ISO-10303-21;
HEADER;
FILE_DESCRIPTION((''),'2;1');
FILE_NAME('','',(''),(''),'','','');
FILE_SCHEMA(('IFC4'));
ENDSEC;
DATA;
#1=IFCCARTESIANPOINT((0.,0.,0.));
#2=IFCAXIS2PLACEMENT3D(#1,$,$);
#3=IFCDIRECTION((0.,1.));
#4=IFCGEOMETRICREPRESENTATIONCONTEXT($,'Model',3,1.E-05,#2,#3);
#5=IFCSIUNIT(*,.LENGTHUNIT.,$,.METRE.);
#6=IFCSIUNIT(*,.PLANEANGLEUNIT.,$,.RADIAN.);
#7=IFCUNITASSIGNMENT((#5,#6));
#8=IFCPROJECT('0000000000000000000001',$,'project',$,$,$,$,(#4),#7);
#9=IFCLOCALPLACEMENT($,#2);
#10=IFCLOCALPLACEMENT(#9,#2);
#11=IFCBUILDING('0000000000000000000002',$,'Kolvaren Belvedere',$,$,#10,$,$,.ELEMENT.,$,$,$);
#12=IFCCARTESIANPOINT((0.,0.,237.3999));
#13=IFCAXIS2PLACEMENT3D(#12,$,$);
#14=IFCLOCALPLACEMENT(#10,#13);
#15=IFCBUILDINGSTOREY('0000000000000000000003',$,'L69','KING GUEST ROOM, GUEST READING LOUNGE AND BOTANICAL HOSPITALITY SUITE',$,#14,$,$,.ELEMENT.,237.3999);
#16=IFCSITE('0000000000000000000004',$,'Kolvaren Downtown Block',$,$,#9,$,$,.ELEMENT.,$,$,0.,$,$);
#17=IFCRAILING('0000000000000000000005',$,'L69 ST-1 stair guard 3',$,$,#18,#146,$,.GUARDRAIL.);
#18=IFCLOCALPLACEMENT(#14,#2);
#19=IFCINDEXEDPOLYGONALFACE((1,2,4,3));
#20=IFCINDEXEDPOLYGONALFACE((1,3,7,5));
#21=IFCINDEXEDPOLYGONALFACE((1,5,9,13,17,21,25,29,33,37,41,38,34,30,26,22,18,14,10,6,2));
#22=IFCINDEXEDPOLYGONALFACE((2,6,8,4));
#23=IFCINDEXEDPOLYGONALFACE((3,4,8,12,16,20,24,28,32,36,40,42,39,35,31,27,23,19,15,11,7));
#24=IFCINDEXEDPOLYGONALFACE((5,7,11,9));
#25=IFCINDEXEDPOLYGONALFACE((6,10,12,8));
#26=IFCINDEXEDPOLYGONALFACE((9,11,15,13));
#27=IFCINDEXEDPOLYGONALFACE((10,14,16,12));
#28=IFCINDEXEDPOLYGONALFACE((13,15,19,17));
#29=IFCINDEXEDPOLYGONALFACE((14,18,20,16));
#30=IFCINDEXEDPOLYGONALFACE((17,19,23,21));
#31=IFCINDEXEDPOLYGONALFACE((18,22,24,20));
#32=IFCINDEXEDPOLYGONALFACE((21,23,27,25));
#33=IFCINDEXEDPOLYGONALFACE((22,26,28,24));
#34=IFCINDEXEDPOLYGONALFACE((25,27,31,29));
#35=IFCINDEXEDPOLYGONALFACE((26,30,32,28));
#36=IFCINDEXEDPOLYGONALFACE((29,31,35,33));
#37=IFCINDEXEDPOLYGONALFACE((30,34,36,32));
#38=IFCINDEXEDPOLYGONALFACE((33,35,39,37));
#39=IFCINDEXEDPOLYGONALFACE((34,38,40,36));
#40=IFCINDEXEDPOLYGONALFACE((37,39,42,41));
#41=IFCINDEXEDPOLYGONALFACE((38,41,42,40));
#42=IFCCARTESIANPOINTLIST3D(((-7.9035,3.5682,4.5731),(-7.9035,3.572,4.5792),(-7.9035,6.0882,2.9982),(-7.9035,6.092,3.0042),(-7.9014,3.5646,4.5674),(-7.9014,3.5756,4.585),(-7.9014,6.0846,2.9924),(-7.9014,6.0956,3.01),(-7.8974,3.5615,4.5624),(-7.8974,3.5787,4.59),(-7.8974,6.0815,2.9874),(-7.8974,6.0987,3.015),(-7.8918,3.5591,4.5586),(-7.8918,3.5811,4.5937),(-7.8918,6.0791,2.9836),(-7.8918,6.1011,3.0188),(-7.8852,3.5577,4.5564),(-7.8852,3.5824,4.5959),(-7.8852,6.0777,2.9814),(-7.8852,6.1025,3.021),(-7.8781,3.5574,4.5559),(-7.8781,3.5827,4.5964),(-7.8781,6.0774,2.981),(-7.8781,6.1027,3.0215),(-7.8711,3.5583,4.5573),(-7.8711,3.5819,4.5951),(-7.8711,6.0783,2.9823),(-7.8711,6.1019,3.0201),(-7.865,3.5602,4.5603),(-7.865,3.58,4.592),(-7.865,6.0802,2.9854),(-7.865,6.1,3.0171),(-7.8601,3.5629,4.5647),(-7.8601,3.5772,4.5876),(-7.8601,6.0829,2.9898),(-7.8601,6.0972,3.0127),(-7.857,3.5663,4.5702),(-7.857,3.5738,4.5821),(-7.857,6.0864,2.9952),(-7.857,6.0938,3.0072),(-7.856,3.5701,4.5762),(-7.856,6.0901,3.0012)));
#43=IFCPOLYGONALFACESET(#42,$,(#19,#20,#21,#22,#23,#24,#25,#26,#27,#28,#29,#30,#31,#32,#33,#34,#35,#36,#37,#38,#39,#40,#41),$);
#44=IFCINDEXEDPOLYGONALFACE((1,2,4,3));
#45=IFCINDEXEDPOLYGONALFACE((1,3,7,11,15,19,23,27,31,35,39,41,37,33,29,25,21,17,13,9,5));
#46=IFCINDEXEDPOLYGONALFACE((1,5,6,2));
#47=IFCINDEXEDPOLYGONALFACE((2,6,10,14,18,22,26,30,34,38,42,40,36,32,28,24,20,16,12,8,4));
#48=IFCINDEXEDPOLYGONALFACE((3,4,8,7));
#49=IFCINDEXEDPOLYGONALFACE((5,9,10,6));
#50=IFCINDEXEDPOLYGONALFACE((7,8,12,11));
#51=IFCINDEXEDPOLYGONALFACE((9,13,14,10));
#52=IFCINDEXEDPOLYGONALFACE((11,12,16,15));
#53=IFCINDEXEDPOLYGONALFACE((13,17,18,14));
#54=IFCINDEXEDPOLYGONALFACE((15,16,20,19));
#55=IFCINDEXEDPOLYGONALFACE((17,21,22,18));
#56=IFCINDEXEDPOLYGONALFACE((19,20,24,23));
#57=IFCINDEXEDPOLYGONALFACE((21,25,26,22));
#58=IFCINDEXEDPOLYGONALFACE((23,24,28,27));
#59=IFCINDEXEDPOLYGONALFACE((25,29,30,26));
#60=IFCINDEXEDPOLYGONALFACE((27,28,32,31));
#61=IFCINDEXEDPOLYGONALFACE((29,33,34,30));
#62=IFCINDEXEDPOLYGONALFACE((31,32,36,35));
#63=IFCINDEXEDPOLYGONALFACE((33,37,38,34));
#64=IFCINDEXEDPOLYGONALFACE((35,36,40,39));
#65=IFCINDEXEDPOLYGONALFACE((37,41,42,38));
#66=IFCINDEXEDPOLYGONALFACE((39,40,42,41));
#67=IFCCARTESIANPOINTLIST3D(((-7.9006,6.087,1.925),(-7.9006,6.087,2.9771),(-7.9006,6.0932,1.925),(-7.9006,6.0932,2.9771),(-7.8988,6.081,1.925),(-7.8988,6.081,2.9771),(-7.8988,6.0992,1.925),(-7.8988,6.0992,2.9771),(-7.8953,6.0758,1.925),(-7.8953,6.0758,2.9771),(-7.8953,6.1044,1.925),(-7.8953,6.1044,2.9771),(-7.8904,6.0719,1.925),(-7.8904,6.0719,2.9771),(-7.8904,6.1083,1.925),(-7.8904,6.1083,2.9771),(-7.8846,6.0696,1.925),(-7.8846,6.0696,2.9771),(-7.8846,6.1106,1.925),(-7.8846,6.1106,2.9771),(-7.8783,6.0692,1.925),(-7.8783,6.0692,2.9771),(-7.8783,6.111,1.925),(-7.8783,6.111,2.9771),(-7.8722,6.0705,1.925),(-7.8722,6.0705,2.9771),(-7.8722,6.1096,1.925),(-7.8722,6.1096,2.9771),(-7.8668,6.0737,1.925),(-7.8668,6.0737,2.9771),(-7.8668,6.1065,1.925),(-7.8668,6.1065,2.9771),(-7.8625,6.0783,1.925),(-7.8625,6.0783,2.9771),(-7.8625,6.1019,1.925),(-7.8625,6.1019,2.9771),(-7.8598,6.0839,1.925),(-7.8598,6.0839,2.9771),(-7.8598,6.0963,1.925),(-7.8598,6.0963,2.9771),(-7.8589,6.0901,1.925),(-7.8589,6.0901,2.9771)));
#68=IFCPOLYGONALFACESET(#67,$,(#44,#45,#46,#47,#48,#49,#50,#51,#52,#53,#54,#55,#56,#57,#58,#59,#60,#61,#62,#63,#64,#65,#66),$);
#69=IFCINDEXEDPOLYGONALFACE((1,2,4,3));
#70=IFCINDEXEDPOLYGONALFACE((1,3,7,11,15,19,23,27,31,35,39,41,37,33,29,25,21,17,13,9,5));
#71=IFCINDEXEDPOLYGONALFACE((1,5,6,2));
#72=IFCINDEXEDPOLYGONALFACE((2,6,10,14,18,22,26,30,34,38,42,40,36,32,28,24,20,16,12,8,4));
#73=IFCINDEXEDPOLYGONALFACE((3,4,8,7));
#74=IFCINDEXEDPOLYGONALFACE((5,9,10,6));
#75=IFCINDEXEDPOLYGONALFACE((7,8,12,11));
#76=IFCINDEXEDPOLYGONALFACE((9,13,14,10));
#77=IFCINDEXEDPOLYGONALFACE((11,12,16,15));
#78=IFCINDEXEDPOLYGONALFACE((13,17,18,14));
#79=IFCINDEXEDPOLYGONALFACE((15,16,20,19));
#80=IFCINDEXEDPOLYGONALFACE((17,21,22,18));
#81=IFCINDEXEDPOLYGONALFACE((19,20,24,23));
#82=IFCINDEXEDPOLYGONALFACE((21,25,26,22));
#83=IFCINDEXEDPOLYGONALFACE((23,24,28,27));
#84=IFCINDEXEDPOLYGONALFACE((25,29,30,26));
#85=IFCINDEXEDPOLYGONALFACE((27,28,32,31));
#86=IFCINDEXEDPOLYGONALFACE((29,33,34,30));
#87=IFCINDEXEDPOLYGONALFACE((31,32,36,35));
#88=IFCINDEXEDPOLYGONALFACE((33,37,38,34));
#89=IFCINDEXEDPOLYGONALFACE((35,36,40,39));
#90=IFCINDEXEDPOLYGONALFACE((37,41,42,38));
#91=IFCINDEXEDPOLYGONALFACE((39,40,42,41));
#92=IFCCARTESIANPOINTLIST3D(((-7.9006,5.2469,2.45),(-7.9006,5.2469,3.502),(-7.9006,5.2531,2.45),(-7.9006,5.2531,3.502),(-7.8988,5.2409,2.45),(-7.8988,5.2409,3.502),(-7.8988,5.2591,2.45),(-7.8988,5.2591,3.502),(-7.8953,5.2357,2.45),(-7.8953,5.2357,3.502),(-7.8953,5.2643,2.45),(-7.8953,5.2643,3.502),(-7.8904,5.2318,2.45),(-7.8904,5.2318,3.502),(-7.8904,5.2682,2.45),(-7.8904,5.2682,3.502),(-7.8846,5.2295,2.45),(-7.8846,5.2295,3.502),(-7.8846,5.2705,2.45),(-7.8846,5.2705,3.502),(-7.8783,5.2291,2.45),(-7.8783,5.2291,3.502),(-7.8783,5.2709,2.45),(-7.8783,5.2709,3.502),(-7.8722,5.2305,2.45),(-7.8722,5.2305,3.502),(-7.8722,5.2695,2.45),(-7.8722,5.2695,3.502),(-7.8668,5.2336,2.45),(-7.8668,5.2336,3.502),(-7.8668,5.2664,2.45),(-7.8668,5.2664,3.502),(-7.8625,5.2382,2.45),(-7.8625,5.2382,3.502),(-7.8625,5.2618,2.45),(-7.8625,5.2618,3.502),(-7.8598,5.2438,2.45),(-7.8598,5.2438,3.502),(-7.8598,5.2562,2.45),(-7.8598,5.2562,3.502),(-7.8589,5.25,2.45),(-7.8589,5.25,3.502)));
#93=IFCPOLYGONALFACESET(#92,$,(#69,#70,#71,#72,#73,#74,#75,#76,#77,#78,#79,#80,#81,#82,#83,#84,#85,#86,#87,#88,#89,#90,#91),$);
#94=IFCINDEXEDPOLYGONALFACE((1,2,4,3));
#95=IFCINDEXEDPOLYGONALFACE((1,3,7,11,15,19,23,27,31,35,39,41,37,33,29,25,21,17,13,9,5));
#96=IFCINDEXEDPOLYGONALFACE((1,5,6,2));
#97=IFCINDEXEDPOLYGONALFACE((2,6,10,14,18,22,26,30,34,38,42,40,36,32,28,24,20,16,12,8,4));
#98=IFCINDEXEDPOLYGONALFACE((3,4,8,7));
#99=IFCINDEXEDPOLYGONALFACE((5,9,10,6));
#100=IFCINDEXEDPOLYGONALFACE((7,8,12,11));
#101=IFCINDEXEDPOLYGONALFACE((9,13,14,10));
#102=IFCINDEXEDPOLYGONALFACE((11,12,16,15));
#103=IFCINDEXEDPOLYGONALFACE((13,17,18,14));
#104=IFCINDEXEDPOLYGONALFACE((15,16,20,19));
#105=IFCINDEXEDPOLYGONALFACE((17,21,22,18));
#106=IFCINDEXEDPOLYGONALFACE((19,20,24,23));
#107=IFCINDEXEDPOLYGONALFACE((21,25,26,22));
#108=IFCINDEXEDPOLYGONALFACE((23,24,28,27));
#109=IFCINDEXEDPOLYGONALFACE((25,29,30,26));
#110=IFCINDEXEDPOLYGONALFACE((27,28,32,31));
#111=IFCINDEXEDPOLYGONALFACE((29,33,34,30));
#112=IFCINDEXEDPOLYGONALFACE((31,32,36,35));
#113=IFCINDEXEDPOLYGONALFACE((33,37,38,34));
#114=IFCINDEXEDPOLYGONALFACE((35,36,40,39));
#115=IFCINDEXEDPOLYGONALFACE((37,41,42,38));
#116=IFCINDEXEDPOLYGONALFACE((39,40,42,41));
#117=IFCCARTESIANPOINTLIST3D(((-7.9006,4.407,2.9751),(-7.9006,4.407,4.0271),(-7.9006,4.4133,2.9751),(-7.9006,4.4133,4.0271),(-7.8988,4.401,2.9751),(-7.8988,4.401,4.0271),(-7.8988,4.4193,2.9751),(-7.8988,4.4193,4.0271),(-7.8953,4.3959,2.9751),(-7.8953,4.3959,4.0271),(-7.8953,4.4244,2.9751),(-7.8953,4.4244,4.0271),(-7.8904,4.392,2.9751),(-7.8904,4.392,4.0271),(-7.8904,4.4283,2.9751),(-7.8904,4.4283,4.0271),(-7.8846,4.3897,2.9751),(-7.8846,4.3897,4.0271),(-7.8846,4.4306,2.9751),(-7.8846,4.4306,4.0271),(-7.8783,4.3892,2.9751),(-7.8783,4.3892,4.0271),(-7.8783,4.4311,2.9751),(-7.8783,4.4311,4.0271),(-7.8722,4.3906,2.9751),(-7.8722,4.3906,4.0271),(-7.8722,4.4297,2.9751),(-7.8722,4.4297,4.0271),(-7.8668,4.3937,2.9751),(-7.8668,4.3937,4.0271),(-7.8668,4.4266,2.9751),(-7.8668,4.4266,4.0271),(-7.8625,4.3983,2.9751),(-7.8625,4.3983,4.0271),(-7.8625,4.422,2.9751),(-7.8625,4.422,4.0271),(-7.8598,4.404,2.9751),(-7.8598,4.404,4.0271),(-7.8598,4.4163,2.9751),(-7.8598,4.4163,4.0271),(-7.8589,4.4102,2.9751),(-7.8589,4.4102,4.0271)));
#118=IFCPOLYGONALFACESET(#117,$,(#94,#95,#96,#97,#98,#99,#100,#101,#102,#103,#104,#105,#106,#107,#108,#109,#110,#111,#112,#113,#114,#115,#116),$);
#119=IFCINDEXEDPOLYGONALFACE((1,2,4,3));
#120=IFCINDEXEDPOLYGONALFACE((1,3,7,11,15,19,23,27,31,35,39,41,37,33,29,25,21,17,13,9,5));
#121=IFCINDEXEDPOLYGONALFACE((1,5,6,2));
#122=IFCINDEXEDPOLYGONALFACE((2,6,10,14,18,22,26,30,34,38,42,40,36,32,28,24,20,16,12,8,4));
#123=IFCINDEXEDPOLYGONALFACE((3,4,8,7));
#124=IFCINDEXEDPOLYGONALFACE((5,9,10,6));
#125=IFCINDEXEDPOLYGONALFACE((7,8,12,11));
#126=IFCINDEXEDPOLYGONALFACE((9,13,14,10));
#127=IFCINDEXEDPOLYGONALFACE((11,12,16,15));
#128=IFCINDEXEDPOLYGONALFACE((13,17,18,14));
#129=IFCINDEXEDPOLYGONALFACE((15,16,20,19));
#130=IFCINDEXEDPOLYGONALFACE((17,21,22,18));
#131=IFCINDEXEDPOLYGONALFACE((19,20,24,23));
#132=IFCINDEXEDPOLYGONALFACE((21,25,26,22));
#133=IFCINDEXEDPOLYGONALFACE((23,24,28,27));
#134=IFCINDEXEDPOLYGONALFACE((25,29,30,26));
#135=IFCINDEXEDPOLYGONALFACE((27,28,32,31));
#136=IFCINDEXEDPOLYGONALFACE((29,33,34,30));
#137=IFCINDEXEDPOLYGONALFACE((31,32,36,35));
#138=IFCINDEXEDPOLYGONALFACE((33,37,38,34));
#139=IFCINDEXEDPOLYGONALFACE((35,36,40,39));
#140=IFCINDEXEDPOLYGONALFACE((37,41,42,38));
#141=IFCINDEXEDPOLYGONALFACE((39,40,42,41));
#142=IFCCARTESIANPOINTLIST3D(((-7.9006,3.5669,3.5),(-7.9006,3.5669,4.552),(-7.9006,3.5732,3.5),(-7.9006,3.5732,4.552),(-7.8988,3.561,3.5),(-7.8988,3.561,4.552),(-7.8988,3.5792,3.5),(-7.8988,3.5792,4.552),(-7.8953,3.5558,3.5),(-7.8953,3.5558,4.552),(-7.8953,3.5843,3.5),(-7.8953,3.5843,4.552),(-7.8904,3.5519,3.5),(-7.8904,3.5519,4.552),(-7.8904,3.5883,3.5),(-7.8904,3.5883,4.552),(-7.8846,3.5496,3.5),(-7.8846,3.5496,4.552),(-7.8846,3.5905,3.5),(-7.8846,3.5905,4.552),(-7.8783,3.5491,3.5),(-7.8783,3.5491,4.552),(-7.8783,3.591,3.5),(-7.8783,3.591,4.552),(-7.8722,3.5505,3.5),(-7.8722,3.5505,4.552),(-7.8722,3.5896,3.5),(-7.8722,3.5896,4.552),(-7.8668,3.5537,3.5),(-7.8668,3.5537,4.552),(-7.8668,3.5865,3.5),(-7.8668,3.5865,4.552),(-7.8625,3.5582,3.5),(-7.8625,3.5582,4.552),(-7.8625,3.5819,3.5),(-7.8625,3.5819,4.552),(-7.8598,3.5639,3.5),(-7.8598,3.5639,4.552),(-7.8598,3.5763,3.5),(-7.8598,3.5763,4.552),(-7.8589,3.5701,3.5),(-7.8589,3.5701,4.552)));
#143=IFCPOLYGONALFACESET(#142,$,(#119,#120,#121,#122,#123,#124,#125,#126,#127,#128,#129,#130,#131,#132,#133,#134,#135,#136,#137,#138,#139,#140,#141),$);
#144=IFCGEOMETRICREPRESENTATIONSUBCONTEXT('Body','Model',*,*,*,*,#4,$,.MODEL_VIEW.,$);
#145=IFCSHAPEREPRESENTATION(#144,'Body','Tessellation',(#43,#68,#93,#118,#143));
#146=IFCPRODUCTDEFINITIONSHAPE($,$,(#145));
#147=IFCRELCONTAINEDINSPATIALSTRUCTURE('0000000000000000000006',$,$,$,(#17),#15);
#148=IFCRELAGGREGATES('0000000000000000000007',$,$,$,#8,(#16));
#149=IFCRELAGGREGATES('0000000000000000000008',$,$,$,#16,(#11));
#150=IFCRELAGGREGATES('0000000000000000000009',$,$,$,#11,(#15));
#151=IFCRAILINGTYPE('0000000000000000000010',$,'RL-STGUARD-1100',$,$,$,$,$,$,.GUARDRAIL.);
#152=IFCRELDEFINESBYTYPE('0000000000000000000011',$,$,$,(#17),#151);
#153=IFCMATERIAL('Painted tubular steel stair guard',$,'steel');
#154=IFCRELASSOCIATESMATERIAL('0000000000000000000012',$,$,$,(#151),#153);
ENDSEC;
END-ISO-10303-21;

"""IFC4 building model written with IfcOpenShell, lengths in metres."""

from ifc_helpers import new_model, si_unit, direction, frame, origin, origin_2d, place, context, subcontext, project, spatial, circle, extrude, material, type_object, element, save


model = new_model("IFC4")

# Units and contexts
model_context = context("Model", 3, precision=1e-05, world=origin(), true_north=direction((0.0, 1.0)))
body_context = subcontext(model_context, "Body", "Model", "MODEL_VIEW")
ifc_project = project(units=[si_unit("LENGTHUNIT", "METRE"), si_unit("PLANEANGLEUNIT", "RADIAN")], contexts=[model_context])

# Site, building, storey
site_placement = place(None, origin())
site = spatial("IfcSite", under=ifc_project, at=site_placement, Name="Kolvaren Downtown Block", CompositionType="ELEMENT", RefElevation=0.0)
building_placement = place(site_placement, origin())
building = spatial("IfcBuilding", under=site, at=building_placement, Name="Kolvaren Belvedere", CompositionType="ELEMENT")
storey_placement = place(building_placement, frame((0.0, 0.0, 237.3999)))
storey = spatial("IfcBuildingStorey", under=building, at=storey_placement, Name="L69", Description="KING GUEST ROOM, GUEST READING LOUNGE AND BOTANICAL HOSPITALITY SUITE", CompositionType="ELEMENT", Elevation=237.3999)

# Railing
ifc_material_1 = material(Name="Painted tubular steel stair guard", Category="steel")
railing_type_1 = type_object("IfcRailingType", Name="RL-STGUARD-1100", PredefinedType="GUARDRAIL", material=ifc_material_1)
railing_1_placement = place(storey_placement, frame((-7.8799, 6.0901, 1.925)))
element("IfcRailing", 1, at=railing_1_placement, inside=storey, type_object=railing_type_1, Name="L69 ST-1 stair guard 3", PredefinedType="GUARDRAIL", context=body_context, shape_type="SweptSolid", body=[
    extrude(circle(Radius=0.0239, at=origin_2d()), frame((0.0, 0.0, 1.0762), z_axis=(0.0, -0.848008, 0.529984), x_axis=(1.0, 0.0, 0.0)), (0.0, 0.0, 1.0), 2.9717),
    extrude(circle(Radius=0.021, at=origin_2d()), origin(), (0.0, 0.0, 1.0), 1.052),
    extrude(circle(Radius=0.021, at=origin_2d()), frame((0.0, -0.8401, 0.5249)), (0.0, 0.0, 1.0), 1.052),
    extrude(circle(Radius=0.021, at=origin_2d()), frame((0.0, -1.6799, 1.05)), (0.0, 0.0, 1.0), 1.052),
    extrude(circle(Radius=0.021, at=origin_2d()), frame((0.0, -2.52, 1.575)), (0.0, 0.0, 1.0), 1.052),
])

save(model, "model.ifc")
